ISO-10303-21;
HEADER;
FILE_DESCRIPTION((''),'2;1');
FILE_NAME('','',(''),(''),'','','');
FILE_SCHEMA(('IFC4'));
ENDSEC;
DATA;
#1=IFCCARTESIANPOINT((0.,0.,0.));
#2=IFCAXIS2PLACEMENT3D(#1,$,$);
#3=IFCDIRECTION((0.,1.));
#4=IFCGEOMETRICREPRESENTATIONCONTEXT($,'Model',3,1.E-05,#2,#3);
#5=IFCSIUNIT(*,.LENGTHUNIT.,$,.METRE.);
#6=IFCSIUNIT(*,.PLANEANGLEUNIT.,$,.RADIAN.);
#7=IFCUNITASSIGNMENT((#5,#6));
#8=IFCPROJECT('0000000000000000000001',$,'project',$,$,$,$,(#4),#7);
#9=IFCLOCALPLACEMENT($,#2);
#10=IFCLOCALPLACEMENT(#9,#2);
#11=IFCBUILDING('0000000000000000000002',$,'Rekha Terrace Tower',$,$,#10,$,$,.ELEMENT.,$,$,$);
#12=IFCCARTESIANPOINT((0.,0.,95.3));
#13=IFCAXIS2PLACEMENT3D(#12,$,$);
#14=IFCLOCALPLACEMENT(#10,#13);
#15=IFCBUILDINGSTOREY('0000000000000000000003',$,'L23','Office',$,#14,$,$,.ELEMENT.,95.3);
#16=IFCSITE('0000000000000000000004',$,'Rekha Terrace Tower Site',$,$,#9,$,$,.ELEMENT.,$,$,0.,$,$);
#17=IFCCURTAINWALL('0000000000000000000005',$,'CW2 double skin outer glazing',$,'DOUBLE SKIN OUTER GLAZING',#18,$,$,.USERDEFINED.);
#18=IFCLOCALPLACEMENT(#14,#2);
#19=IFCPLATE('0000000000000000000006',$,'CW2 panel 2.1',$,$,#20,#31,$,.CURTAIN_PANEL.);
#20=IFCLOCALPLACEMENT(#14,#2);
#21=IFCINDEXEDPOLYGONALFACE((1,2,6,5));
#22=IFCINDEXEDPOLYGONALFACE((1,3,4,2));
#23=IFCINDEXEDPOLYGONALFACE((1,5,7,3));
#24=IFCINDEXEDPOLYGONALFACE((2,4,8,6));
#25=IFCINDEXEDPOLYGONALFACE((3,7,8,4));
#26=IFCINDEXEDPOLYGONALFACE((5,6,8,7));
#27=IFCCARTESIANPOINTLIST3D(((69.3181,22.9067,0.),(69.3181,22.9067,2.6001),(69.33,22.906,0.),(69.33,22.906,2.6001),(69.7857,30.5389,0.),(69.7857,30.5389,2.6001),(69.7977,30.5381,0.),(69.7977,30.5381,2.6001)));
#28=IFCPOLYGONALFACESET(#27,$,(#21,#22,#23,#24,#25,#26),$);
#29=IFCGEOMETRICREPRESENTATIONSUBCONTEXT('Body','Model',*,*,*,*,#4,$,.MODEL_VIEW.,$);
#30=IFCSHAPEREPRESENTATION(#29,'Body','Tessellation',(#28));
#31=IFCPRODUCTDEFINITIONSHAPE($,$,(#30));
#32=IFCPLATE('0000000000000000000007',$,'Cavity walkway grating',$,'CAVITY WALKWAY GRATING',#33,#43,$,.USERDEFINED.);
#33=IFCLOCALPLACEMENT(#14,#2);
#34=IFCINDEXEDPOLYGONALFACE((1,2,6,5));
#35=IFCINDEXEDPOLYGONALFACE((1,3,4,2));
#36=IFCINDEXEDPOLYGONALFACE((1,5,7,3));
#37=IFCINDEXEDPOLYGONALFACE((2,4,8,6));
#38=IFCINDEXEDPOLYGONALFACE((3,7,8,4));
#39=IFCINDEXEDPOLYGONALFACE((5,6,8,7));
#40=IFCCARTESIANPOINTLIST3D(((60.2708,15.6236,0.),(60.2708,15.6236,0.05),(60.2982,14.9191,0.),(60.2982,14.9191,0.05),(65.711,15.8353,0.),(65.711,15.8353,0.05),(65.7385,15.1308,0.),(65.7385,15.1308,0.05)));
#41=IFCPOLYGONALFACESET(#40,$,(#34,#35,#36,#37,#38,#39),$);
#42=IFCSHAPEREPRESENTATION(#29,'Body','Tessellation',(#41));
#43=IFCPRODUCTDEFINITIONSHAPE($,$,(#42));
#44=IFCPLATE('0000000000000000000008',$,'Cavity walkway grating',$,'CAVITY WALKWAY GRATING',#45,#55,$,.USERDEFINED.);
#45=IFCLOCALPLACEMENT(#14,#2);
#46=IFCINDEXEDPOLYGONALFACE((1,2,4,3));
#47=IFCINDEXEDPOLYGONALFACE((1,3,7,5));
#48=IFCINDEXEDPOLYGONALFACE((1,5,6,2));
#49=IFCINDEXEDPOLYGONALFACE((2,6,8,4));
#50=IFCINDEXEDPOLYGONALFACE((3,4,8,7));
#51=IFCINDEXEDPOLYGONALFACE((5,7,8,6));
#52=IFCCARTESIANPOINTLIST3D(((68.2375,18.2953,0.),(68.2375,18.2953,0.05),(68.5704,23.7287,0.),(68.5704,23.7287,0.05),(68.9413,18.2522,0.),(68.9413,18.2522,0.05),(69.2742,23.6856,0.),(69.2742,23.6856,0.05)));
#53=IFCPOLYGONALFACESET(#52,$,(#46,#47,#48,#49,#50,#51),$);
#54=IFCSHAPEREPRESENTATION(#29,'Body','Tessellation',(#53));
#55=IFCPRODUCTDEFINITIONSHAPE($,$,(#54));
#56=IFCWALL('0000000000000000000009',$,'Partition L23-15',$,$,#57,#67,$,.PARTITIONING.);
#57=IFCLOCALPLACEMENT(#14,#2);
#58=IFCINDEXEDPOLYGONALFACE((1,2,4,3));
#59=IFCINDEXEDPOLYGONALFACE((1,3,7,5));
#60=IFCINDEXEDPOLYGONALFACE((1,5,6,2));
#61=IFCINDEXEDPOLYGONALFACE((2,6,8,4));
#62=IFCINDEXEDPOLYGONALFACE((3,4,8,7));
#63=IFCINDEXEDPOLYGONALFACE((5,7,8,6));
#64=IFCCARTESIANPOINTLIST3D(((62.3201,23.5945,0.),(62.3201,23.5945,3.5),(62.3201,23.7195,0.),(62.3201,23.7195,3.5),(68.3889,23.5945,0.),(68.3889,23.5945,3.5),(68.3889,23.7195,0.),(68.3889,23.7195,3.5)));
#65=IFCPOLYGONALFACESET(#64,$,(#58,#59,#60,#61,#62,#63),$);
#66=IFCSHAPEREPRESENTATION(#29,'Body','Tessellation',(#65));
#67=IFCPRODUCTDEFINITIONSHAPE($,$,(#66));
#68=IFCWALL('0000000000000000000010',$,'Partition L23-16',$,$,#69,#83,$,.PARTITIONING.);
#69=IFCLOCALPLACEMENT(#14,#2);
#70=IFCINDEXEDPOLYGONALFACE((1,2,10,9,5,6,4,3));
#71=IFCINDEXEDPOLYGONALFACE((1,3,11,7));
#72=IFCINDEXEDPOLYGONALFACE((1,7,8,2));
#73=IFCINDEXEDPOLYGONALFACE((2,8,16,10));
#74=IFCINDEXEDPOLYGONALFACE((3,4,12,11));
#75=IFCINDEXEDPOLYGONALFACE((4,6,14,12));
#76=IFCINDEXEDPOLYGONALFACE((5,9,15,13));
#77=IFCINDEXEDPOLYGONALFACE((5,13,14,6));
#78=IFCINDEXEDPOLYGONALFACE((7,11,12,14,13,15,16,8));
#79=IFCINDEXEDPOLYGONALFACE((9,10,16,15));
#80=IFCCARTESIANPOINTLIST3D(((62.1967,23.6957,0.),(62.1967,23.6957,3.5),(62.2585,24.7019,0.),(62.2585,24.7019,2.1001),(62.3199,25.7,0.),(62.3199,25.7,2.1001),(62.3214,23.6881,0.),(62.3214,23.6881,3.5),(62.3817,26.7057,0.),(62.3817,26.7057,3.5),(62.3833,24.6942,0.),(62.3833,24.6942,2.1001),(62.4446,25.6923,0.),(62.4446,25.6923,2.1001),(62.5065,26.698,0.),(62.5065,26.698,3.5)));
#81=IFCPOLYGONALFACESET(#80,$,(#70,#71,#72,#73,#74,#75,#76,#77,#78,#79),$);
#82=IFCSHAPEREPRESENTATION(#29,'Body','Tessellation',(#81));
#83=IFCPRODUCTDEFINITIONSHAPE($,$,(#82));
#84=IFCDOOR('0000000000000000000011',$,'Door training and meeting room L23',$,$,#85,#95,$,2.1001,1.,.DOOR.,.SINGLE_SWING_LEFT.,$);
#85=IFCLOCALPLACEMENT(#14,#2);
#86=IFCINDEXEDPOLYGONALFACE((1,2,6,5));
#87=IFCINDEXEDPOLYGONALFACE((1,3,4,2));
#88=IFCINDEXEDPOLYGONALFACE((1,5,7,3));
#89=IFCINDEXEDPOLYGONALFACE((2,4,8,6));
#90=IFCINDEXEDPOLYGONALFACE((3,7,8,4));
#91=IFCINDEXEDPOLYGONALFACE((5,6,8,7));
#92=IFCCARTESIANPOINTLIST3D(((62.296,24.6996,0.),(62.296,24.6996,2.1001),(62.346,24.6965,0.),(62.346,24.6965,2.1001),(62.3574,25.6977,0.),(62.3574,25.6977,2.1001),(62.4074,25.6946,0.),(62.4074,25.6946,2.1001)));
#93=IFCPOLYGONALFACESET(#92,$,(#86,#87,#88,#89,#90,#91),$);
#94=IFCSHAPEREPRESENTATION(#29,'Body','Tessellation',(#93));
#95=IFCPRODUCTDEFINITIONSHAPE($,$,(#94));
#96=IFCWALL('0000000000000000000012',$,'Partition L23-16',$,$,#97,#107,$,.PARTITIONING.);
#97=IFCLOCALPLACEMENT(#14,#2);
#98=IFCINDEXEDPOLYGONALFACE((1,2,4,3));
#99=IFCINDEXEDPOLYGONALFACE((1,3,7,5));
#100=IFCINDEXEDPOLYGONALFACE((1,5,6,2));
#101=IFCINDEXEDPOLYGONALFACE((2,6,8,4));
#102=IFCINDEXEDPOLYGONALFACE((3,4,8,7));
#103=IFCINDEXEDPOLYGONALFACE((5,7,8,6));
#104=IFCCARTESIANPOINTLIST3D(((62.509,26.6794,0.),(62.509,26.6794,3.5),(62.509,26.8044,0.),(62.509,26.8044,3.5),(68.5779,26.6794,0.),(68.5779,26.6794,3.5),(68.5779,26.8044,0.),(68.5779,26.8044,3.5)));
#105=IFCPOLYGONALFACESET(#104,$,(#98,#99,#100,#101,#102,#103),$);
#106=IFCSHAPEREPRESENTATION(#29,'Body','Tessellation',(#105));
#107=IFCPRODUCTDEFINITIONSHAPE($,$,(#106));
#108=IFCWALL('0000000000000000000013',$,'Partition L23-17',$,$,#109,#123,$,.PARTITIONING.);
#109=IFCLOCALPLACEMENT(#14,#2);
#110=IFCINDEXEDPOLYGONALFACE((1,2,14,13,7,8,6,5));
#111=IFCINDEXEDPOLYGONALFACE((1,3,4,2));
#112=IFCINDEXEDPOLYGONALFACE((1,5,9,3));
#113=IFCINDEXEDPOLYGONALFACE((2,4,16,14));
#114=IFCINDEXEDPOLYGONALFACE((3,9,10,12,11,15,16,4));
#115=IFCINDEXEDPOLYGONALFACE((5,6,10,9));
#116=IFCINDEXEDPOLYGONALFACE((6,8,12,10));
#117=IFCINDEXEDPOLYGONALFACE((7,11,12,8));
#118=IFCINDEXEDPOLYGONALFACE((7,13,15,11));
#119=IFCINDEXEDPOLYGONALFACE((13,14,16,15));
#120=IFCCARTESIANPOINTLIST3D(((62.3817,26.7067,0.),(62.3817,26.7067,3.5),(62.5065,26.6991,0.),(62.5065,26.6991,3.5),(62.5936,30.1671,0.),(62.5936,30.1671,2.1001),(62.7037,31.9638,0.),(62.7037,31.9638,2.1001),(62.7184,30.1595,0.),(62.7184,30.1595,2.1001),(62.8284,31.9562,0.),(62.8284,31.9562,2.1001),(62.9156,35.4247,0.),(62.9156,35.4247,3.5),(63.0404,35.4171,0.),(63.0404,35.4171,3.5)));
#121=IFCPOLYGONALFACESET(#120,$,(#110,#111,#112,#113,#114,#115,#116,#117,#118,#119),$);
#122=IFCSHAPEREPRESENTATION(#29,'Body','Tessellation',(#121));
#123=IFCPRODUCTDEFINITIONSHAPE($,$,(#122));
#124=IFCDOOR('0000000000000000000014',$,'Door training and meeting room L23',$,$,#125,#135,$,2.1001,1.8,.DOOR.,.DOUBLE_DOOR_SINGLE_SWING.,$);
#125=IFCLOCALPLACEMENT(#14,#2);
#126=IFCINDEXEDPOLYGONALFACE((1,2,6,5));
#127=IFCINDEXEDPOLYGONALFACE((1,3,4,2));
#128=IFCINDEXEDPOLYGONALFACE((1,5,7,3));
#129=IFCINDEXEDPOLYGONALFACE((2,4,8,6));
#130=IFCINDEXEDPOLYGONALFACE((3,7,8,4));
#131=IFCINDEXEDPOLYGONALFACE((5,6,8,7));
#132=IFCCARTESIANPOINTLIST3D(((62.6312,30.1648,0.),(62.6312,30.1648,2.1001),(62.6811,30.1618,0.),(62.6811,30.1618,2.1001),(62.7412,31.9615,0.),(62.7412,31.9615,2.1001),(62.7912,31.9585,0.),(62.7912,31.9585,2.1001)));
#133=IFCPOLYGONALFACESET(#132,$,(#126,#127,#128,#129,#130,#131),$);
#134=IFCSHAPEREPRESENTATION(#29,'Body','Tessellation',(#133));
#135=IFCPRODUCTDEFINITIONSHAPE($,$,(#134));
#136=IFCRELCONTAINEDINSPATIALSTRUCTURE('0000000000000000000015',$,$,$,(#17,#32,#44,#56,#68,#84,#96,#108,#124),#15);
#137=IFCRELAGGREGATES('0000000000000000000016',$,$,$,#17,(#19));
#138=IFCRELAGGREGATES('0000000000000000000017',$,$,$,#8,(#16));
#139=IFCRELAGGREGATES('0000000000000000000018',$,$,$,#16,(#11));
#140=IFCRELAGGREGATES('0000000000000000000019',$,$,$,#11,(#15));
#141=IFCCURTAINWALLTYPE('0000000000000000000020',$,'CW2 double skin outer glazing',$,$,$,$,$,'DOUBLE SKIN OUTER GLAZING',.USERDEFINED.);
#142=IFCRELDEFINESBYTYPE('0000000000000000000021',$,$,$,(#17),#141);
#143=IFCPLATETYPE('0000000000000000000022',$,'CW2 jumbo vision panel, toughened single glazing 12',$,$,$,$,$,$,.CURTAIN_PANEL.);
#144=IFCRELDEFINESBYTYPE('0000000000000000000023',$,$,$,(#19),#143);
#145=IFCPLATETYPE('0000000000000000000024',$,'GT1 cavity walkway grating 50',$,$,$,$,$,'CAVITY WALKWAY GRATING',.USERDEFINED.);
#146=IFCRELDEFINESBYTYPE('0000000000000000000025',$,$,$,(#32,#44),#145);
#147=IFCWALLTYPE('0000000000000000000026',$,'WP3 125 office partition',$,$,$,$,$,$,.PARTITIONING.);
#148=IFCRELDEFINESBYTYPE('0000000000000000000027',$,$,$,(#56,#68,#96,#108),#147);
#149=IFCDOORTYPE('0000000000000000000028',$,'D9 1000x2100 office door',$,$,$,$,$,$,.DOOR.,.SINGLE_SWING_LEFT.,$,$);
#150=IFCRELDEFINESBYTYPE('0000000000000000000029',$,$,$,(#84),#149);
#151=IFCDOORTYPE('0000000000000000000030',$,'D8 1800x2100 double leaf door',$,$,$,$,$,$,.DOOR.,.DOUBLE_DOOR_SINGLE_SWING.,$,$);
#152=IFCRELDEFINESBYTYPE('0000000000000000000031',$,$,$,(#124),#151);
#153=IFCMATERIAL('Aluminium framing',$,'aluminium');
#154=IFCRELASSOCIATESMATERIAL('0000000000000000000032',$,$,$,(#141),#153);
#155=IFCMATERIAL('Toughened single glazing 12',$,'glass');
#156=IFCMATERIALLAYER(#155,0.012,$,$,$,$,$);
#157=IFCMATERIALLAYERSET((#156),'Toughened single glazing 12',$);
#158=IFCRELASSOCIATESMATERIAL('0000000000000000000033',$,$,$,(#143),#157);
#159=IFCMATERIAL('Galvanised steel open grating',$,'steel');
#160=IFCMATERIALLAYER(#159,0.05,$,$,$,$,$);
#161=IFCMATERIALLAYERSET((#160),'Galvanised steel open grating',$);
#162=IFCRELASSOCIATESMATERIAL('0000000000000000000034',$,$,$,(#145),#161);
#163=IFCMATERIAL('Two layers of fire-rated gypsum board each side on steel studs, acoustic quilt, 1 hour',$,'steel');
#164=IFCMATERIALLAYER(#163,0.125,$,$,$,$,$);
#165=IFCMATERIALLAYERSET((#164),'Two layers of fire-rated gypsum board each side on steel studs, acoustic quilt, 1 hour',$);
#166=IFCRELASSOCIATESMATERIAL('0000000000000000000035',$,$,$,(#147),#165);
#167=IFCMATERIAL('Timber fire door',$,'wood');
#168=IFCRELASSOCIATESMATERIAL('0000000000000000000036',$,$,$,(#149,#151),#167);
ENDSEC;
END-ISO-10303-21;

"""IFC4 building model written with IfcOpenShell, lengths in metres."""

from ifc_helpers import new_model, si_unit, direction, frame, frame_2d, origin, origin_2d, place, context, subcontext, project, spatial, rectangle, extrude, material, layer, layer_set, type_object, element, fill, aggregate, save


model = new_model("IFC4")

# Units and contexts
model_context = context("Model", 3, precision=1e-05, world=origin(), true_north=direction((0.0, 1.0)))
body_context = subcontext(model_context, "Body", "Model", "MODEL_VIEW")
ifc_project = project(units=[si_unit("LENGTHUNIT", "METRE"), si_unit("PLANEANGLEUNIT", "RADIAN")], contexts=[model_context])

# Site, building, storey
site_placement = place(None, origin())
site = spatial("IfcSite", under=ifc_project, at=site_placement, Name="Rekha Terrace Tower Site", CompositionType="ELEMENT", RefElevation=0.0)
building_placement = place(site_placement, origin())
building = spatial("IfcBuilding", under=site, at=building_placement, Name="Rekha Terrace Tower", CompositionType="ELEMENT")
storey_placement = place(building_placement, frame((0.0, 0.0, 95.3)))
storey = spatial("IfcBuildingStorey", under=building, at=storey_placement, Name="L23", Description="Office", CompositionType="ELEMENT", Elevation=95.3)

# Curtain wall
ifc_material_1 = material(Name="Aluminium framing", Category="aluminium")
curtain_wall_type_1 = type_object("IfcCurtainWallType", Name="CW2 double skin outer glazing", ElementType="DOUBLE SKIN OUTER GLAZING", PredefinedType="USERDEFINED", material=ifc_material_1)
curtain_wall_1_placement = place(storey_placement, origin())
curtain_wall_1 = element("IfcCurtainWall", 1, at=curtain_wall_1_placement, inside=storey, type_object=curtain_wall_type_1, Name="CW2 double skin outer glazing", ObjectType="DOUBLE SKIN OUTER GLAZING", PredefinedType="USERDEFINED")

# Shared definitions
ifc_material_2 = material(Name="Toughened single glazing 12", Category="glass")
ifc_layer_1 = layer(ifc_material_2, 0.012)
ifc_layer_set_1 = layer_set([ifc_layer_1], Name="Toughened single glazing 12")
plate_type_1 = type_object("IfcPlateType", Name="CW2 jumbo vision panel, toughened single glazing 12", PredefinedType="CURTAIN_PANEL", material=ifc_layer_set_1)

# Plate
plate_1_placement = place(storey_placement, frame((69.5579, 26.7224, 0.0), z_axis=(0.0, 0.0, 1.0), x_axis=(0.06116, 0.998128, 0.0)))
plate_1 = element("IfcPlate", 2, at=plate_1_placement, type_object=plate_type_1, Name="CW2 panel 2.1", PredefinedType="CURTAIN_PANEL", context=body_context, shape_type="SweptSolid", body=[
    extrude(rectangle(XDim=7.6465, YDim=0.012, at=origin_2d()), origin(), (0.0, 0.0, 1.0), 2.6001),
])
aggregate(curtain_wall_1, [plate_1])

# Plates
ifc_material_3 = material(Name="Galvanised steel open grating", Category="steel")
ifc_layer_2 = layer(ifc_material_3, 0.05)
ifc_layer_set_2 = layer_set([ifc_layer_2], Name="Galvanised steel open grating")
plate_type_2 = type_object("IfcPlateType", Name="GT1 cavity walkway grating 50", ElementType="CAVITY WALKWAY GRATING", PredefinedType="USERDEFINED", material=ifc_layer_set_2)
plate_2_placement = place(storey_placement, frame((63.0046, 15.3772, 0.0), z_axis=(0.0, 0.0, 1.0), x_axis=(0.999243, 0.03889, 0.0)))
element("IfcPlate", 3, at=plate_2_placement, inside=storey, type_object=plate_type_2, Name="Cavity walkway grating", ObjectType="CAVITY WALKWAY GRATING", PredefinedType="USERDEFINED", context=body_context, shape_type="SweptSolid", body=[
    extrude(rectangle(XDim=5.4443, YDim=0.7051, at=origin_2d()), origin(), (0.0, 0.0, 1.0), 0.05),
])
plate_3_placement = place(storey_placement, frame((68.7559, 20.9905, 0.0), z_axis=(0.0, 0.0, 1.0), x_axis=(0.06116, 0.998128, 0.0)))
element("IfcPlate", 4, at=plate_3_placement, inside=storey, type_object=plate_type_2, Name="Cavity walkway grating", ObjectType="CAVITY WALKWAY GRATING", PredefinedType="USERDEFINED", context=body_context, shape_type="SweptSolid", body=[
    extrude(rectangle(XDim=5.4436, YDim=0.7051, at=origin_2d()), origin(), (0.0, 0.0, 1.0), 0.05),
])

# Wall
ifc_material_4 = material(Name="Two layers of fire-rated gypsum board each side on steel studs, acoustic quilt, 1 hour", Category="steel")
ifc_layer_3 = layer(ifc_material_4, 0.125)
ifc_layer_set_3 = layer_set([ifc_layer_3], Name="Two layers of fire-rated gypsum board each side on steel studs, acoustic quilt, 1 hour")
wall_type = type_object("IfcWallType", Name="WP3 125 office partition", PredefinedType="PARTITIONING", material=ifc_layer_set_3)
wall_1_placement = place(storey_placement, frame((62.3201, 23.657, 0.0), z_axis=(0.0, 0.0, 1.0), x_axis=(1.0, 0.0, 0.0)))
element("IfcWall", 5, at=wall_1_placement, inside=storey, type_object=wall_type, Name="Partition L23-15", PredefinedType="PARTITIONING", context=body_context, shape_type="SweptSolid", body=[
    extrude(rectangle(XDim=6.0688, YDim=0.125, at=frame_2d((3.0344, 0.0))), origin(), (0.0, 0.0, 1.0), 3.5),
])

# Wall, opening, door
wall_2_placement = place(storey_placement, frame((62.259, 23.6919, 0.0), z_axis=(0.0, 0.0, 1.0), x_axis=(0.061365, 0.998115, 0.0)))
wall_2 = element("IfcWall", 6, at=wall_2_placement, inside=storey, type_object=wall_type, Name="Partition L23-16", PredefinedType="PARTITIONING", context=body_context, shape_type="SweptSolid", body=[
    extrude(rectangle(XDim=3.0156, YDim=0.125, at=frame_2d((1.5078, 0.0))), origin(), (0.0, 0.0, 1.0), 3.5),
])
opening_1_placement = place(wall_2_placement, frame((1.0081, 0.0, 0.0)))
opening_1 = element("IfcOpeningElement", 7, at=opening_1_placement, cuts=wall_2, PredefinedType="OPENING", context=body_context, shape_type="SweptSolid", body=[
    extrude(rectangle(XDim=1.0, YDim=2.1001, at=frame_2d((0.5, 1.05))), frame((0.0, 0.0725, 0.0), z_axis=(0.0, -1.0, 0.0), x_axis=(1.0, 0.0, 0.0)), (0.0, 0.0, 1.0), 0.145),
])
ifc_material_5 = material(Name="Timber fire door", Category="wood")
door_type_1 = type_object("IfcDoorType", Name="D9 1000x2100 office door", OperationType="SINGLE_SWING_LEFT", PredefinedType="DOOR", material=ifc_material_5)
door_1_placement = place(opening_1_placement, origin())
door_1 = element("IfcDoor", 8, at=door_1_placement, inside=storey, type_object=door_type_1, Name="Door training and meeting room L23", OperationType="SINGLE_SWING_LEFT", OverallHeight=2.1001, OverallWidth=1.0, PredefinedType="DOOR", context=body_context, shape_type="SweptSolid", body=[
    extrude(rectangle(XDim=1.0, YDim=2.1001, at=frame_2d((0.5, 1.05))), frame((0.0, 0.0249, 0.0), z_axis=(0.0, -1.0, 0.0), x_axis=(1.0, 0.0, 0.0)), (0.0, 0.0, 1.0), 0.05),
])
fill(opening_1, door_1)

# Wall
wall_3_placement = place(storey_placement, frame((62.509, 26.7419, 0.0), z_axis=(0.0, 0.0, 1.0), x_axis=(1.0, 0.0, 0.0)))
element("IfcWall", 9, at=wall_3_placement, inside=storey, type_object=wall_type, Name="Partition L23-16", PredefinedType="PARTITIONING", context=body_context, shape_type="SweptSolid", body=[
    extrude(rectangle(XDim=6.0688, YDim=0.125, at=frame_2d((3.0344, 0.0))), origin(), (0.0, 0.0, 1.0), 3.5),
])

# Wall, opening, door
wall_4_placement = place(storey_placement, frame((62.4441, 26.7029, 0.0), z_axis=(0.0, 0.0, 1.0), x_axis=(0.061131, 0.99813, 0.0)))
wall_4 = element("IfcWall", 10, at=wall_4_placement, inside=storey, type_object=wall_type, Name="Partition L23-17", PredefinedType="PARTITIONING", context=body_context, shape_type="SweptSolid", body=[
    extrude(rectangle(XDim=8.7344, YDim=0.125, at=frame_2d((4.3672, 0.0))), origin(), (0.0, 0.0, 1.0), 3.5),
])
opening_2_placement = place(wall_4_placement, frame((3.467, 0.0, 0.0)))
opening_2 = element("IfcOpeningElement", 11, at=opening_2_placement, cuts=wall_4, PredefinedType="OPENING", context=body_context, shape_type="SweptSolid", body=[
    extrude(rectangle(XDim=1.8, YDim=2.1001, at=frame_2d((0.8999, 1.05))), frame((0.0, 0.0725, 0.0), z_axis=(0.0, -1.0, 0.0), x_axis=(1.0, 0.0, 0.0)), (0.0, 0.0, 1.0), 0.145),
])
door_type_2 = type_object("IfcDoorType", Name="D8 1800x2100 double leaf door", OperationType="DOUBLE_DOOR_SINGLE_SWING", PredefinedType="DOOR", material=ifc_material_5)
door_2_placement = place(opening_2_placement, origin())
door_2 = element("IfcDoor", 12, at=door_2_placement, inside=storey, type_object=door_type_2, Name="Door training and meeting room L23", OperationType="DOUBLE_DOOR_SINGLE_SWING", OverallHeight=2.1001, OverallWidth=1.8, PredefinedType="DOOR", context=body_context, shape_type="SweptSolid", body=[
    extrude(rectangle(XDim=1.8, YDim=2.1001, at=frame_2d((0.8999, 1.05))), frame((0.0, 0.0249, 0.0), z_axis=(0.0, -1.0, 0.0), x_axis=(1.0, 0.0, 0.0)), (0.0, 0.0, 1.0), 0.05),
])
fill(opening_2, door_2)

save(model, "model.ifc")
